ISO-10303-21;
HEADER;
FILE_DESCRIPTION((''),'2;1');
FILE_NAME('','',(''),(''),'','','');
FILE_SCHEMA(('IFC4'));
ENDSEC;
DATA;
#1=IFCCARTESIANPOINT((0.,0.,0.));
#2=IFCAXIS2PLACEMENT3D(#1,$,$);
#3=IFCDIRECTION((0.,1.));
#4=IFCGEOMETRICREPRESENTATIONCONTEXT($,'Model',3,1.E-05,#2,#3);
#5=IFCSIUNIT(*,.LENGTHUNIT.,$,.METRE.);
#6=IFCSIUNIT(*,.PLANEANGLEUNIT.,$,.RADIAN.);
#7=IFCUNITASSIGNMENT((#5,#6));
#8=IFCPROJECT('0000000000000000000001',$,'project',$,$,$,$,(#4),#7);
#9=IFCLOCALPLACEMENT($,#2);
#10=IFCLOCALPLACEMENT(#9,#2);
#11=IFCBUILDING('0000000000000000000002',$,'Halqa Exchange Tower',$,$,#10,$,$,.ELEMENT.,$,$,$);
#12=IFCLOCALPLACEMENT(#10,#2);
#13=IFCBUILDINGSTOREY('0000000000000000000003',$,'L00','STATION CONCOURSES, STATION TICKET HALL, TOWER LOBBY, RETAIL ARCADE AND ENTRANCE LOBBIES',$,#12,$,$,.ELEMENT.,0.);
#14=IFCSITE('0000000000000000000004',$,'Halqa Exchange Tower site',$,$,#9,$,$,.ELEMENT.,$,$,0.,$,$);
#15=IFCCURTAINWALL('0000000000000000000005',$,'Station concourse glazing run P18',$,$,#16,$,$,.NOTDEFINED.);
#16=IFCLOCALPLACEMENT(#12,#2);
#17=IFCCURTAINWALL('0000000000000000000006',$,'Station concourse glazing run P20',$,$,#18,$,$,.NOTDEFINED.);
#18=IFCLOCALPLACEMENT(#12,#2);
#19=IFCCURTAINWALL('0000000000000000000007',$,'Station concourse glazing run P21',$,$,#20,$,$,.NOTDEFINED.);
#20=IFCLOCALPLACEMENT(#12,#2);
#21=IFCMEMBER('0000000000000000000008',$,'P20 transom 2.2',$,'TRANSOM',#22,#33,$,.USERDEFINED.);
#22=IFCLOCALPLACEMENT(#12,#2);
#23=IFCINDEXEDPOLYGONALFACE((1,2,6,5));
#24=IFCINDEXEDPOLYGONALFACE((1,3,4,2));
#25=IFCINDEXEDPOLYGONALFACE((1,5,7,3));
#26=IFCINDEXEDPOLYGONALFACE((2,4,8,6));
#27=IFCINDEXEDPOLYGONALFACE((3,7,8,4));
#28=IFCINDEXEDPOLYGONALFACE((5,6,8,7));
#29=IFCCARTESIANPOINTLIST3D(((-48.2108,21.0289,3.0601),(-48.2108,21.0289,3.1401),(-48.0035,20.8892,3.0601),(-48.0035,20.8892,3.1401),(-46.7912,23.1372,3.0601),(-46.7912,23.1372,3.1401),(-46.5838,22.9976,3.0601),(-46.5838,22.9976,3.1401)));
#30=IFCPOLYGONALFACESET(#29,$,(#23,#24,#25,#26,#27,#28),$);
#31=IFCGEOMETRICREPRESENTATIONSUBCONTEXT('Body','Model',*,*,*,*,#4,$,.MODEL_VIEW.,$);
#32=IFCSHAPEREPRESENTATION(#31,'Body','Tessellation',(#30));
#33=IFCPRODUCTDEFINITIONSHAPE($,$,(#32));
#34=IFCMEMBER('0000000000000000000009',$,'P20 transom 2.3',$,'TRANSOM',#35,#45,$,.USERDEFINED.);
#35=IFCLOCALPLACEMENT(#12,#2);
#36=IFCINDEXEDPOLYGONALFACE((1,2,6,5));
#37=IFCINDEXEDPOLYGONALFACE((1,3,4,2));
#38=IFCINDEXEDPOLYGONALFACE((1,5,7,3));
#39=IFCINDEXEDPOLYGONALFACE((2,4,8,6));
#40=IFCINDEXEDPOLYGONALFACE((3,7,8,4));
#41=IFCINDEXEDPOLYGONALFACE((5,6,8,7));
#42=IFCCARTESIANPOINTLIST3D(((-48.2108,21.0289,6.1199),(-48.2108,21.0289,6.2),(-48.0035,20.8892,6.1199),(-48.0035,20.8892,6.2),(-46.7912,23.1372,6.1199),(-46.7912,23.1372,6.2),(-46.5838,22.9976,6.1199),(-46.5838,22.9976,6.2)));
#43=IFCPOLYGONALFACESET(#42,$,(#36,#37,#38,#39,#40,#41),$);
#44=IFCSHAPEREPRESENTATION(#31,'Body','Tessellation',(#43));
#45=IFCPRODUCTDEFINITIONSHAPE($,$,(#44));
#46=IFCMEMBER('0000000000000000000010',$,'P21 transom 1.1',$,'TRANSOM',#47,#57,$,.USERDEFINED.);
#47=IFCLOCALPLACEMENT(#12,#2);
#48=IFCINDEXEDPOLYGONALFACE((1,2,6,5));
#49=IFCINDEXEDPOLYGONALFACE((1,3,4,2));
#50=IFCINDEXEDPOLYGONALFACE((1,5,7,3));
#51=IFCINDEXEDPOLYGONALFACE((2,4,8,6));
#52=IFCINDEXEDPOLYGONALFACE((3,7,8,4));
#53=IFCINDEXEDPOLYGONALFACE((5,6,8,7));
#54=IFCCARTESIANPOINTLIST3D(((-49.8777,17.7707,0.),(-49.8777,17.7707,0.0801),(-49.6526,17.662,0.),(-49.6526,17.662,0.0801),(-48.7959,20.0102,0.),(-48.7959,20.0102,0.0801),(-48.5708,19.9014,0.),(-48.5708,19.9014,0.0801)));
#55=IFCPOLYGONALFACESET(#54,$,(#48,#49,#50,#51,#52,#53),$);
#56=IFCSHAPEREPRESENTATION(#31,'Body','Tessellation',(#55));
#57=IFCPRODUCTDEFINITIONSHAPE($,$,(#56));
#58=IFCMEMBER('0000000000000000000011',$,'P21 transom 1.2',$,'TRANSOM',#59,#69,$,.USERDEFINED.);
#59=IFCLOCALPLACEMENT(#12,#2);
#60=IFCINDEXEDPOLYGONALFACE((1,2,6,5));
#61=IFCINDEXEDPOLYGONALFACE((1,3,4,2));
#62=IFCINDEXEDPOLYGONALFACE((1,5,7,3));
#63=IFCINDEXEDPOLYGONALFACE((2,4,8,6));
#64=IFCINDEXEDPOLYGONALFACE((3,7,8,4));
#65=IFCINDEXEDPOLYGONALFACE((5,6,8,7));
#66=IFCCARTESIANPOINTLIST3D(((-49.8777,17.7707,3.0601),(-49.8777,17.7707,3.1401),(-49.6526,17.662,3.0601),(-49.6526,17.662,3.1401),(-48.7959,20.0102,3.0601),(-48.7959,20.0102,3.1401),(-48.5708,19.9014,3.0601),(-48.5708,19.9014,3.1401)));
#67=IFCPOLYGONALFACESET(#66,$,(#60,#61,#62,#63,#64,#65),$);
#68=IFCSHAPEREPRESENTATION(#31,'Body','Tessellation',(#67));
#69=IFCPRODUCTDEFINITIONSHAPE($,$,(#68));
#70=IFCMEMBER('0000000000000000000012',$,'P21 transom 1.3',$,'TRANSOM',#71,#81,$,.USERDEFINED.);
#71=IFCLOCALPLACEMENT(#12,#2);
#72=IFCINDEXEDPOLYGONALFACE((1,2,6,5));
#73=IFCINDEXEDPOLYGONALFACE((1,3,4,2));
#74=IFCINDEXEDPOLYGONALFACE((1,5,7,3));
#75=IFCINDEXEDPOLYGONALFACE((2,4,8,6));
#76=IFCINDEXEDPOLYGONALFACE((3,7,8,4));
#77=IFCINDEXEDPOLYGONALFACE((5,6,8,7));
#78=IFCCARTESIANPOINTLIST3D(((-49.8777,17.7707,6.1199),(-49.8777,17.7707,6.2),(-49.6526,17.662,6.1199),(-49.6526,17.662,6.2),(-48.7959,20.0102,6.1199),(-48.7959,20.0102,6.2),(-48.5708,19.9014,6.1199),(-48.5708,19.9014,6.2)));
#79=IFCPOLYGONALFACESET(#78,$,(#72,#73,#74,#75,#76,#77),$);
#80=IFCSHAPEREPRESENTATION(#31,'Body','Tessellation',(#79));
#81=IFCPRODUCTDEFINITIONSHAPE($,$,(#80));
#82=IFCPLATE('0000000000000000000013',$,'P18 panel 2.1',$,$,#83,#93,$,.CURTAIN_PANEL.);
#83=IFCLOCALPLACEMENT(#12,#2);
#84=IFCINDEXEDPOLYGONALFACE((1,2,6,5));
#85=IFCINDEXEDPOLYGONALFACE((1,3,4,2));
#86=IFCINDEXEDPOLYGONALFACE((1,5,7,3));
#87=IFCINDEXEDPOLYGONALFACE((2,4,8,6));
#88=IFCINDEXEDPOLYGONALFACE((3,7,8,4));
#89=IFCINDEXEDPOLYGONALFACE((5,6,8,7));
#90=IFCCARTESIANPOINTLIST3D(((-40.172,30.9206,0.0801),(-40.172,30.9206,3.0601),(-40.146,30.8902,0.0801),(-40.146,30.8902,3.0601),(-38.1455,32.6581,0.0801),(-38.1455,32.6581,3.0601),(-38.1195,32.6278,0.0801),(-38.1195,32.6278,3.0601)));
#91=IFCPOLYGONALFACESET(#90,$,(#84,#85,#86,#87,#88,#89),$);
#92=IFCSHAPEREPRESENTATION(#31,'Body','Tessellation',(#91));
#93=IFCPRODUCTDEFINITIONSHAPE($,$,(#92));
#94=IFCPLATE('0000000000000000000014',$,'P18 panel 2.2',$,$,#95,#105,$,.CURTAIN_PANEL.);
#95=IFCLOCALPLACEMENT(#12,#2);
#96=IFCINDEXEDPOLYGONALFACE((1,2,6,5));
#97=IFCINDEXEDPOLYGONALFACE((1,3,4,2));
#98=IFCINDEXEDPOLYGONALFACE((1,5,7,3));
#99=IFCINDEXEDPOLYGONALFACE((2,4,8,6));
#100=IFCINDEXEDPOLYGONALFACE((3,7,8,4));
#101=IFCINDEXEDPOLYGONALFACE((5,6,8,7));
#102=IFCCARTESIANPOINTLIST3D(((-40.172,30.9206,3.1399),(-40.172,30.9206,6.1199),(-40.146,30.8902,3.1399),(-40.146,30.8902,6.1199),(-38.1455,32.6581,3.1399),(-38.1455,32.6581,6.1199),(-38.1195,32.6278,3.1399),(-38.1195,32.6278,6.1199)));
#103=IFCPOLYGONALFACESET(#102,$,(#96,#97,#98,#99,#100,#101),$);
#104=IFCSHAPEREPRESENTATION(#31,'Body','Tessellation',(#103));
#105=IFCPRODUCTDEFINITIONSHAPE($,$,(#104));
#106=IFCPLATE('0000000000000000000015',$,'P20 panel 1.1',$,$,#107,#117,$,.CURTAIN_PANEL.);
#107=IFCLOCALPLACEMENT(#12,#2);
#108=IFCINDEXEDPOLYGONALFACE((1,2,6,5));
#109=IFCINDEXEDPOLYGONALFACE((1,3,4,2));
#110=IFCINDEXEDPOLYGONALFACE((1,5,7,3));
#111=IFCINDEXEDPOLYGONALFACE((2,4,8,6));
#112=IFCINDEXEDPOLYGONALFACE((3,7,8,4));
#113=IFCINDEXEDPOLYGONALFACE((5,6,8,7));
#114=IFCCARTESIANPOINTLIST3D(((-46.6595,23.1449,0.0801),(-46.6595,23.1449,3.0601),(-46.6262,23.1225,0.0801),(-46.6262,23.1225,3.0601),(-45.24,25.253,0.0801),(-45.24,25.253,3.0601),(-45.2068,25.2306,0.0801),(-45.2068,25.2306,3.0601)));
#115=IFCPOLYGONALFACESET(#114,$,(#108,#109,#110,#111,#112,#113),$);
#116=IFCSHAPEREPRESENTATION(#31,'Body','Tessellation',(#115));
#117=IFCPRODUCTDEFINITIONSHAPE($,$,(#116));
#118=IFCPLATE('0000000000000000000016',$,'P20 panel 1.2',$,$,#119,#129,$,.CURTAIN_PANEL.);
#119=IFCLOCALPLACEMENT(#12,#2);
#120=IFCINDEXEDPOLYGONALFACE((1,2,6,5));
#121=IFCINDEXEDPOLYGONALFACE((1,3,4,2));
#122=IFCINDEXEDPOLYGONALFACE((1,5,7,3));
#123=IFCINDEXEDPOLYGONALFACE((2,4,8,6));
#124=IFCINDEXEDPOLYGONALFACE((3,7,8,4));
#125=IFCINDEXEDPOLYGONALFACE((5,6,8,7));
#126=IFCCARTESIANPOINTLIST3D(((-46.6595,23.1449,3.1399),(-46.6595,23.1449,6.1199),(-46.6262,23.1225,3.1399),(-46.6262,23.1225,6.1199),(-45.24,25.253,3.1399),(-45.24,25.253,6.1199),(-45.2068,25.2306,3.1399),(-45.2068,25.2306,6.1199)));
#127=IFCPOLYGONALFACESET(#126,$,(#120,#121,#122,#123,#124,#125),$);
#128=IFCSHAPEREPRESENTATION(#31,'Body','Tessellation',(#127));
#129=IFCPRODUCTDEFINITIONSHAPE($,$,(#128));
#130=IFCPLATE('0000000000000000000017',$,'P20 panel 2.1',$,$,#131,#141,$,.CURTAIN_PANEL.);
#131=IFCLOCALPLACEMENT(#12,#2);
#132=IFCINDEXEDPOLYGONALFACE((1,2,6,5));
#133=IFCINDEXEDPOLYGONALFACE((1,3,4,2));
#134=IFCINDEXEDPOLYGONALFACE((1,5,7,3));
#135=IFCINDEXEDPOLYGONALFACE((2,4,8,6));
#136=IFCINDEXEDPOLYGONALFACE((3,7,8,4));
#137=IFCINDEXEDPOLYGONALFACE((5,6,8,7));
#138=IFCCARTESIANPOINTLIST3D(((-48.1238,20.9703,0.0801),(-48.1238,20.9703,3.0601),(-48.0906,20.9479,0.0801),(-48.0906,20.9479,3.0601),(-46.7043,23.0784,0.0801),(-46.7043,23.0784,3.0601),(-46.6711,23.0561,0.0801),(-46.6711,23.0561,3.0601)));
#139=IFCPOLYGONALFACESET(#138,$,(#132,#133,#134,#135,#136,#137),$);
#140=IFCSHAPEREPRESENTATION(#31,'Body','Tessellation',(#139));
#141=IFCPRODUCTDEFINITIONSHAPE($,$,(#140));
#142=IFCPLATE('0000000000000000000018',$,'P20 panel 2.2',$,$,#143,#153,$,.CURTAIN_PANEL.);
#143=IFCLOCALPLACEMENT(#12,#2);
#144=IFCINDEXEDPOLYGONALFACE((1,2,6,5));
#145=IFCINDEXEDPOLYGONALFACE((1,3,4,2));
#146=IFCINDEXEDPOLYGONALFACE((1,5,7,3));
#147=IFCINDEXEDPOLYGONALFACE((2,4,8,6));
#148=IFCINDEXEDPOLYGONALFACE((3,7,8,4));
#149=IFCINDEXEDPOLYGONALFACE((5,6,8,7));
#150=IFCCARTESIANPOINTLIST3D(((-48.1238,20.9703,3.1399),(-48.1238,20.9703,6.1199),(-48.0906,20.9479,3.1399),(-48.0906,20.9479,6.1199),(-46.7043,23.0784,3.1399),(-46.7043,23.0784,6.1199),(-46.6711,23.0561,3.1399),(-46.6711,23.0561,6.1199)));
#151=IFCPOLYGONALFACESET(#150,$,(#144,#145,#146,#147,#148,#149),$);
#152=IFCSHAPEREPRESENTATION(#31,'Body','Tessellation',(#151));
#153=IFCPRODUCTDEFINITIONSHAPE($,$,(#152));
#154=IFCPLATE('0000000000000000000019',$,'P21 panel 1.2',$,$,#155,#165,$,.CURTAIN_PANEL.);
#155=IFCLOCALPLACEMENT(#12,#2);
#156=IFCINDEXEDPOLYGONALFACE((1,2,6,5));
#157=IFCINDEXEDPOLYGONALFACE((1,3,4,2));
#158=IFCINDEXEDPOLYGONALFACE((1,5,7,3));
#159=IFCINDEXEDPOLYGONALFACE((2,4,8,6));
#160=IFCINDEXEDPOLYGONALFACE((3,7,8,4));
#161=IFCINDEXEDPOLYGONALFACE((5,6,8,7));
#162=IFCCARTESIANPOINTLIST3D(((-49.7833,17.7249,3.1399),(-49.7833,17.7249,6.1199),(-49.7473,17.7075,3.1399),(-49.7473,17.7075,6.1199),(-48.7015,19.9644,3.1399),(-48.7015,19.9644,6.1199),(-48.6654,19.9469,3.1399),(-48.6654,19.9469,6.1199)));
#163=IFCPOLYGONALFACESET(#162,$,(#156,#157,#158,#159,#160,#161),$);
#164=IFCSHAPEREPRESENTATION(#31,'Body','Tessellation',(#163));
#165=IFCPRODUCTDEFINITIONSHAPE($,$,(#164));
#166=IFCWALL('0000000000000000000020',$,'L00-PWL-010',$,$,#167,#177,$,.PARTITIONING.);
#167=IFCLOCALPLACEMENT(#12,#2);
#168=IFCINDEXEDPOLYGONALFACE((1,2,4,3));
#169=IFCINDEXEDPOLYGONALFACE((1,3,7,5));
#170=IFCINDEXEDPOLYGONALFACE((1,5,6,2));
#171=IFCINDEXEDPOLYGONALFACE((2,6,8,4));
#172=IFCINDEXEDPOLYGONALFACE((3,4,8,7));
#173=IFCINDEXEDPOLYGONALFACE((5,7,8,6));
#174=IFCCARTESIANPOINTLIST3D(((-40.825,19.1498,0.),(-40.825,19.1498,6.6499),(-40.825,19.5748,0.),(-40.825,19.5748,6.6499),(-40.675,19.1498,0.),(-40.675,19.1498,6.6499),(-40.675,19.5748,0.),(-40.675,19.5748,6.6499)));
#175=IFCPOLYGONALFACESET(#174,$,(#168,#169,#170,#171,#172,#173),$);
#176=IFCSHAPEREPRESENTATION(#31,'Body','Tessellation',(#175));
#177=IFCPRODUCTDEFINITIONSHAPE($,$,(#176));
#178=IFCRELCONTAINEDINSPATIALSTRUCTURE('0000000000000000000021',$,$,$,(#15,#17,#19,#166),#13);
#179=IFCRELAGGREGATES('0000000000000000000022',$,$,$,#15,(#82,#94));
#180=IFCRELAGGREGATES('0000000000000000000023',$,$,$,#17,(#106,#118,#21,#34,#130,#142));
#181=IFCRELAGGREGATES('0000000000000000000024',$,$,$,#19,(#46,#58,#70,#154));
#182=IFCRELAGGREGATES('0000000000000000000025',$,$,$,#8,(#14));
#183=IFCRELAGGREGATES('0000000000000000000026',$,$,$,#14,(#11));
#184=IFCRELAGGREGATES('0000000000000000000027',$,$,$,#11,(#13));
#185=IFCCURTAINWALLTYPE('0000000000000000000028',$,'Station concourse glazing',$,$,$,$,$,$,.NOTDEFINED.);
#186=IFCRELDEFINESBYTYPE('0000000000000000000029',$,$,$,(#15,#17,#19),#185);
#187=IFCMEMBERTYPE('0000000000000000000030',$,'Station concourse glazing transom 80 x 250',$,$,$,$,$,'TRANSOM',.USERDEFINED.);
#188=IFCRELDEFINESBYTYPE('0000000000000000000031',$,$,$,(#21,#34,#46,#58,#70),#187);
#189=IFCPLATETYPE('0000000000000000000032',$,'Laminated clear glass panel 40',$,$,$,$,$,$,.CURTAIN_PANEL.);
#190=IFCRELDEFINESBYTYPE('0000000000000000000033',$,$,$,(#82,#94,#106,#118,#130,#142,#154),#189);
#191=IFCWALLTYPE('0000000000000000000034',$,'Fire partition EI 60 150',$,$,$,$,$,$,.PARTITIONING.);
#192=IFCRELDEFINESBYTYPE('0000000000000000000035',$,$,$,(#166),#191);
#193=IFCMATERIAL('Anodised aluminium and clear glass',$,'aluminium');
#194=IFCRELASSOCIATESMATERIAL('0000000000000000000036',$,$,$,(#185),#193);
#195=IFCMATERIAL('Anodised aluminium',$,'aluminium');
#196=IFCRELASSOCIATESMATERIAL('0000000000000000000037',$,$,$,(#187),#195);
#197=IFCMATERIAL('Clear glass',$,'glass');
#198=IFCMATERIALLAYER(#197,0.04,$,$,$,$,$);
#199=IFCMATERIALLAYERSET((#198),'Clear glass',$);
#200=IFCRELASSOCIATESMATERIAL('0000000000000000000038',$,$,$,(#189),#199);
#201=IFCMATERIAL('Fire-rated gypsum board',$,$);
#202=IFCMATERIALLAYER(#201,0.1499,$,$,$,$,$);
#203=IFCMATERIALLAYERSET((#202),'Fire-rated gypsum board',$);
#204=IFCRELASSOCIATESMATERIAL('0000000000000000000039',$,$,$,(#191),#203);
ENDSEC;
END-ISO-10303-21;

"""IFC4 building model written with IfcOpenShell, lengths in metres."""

from ifc_helpers import new_model, si_unit, direction, frame, frame_2d, origin, origin_2d, place, context, subcontext, project, spatial, rectangle, extrude, material, layer, layer_set, material_profile, profile_set, type_object, element, aggregate, save


model = new_model("IFC4")

# Units and contexts
model_context = context("Model", 3, precision=1e-05, world=origin(), true_north=direction((0.0, 1.0)))
body_context = subcontext(model_context, "Body", "Model", "MODEL_VIEW")
ifc_project = project(units=[si_unit("LENGTHUNIT", "METRE"), si_unit("PLANEANGLEUNIT", "RADIAN")], contexts=[model_context])

# Site, building, storey
site_placement = place(None, origin())
site = spatial("IfcSite", under=ifc_project, at=site_placement, Name="Halqa Exchange Tower site", CompositionType="ELEMENT", RefElevation=0.0)
building_placement = place(site_placement, origin())
building = spatial("IfcBuilding", under=site, at=building_placement, Name="Halqa Exchange Tower", CompositionType="ELEMENT")
storey_placement = place(building_placement, origin())
storey = spatial("IfcBuildingStorey", under=building, at=storey_placement, Name="L00", Description="STATION CONCOURSES, STATION TICKET HALL, TOWER LOBBY, RETAIL ARCADE AND ENTRANCE LOBBIES", CompositionType="ELEMENT", Elevation=0.0)

# Curtain wall
ifc_material_1 = material(Name="Anodised aluminium and clear glass", Category="aluminium")
curtain_wall_type = type_object("IfcCurtainWallType", Name="Station concourse glazing", PredefinedType="NOTDEFINED", material=ifc_material_1)
curtain_wall_1_placement = place(storey_placement, origin())
curtain_wall_1 = element("IfcCurtainWall", 1, at=curtain_wall_1_placement, inside=storey, type_object=curtain_wall_type, Name="Station concourse glazing run P18", PredefinedType="NOTDEFINED")
ifc_material_2 = material(Name="Anodised aluminium", Category="aluminium")

# Curtain wall
curtain_wall_2_placement = place(storey_placement, origin())
curtain_wall_2 = element("IfcCurtainWall", 2, at=curtain_wall_2_placement, inside=storey, type_object=curtain_wall_type, Name="Station concourse glazing run P20", PredefinedType="NOTDEFINED")

# Curtain wall
curtain_wall_3_placement = place(storey_placement, origin())
curtain_wall_3 = element("IfcCurtainWall", 3, at=curtain_wall_3_placement, inside=storey, type_object=curtain_wall_type, Name="Station concourse glazing run P21", PredefinedType="NOTDEFINED")

# Members
ifc_material_profile_1 = material_profile(ifc_material_2, rectangle(XDim=0.25, YDim=0.0801, at=origin_2d()), Name="AL 80x250")
ifc_profile_set_1 = profile_set([ifc_material_profile_1], Name="Anodised aluminium")
member_type_1 = type_object("IfcMemberType", Name="Station concourse glazing transom 80 x 250", ElementType="TRANSOM", PredefinedType="USERDEFINED", material=ifc_profile_set_1)
member_1_placement = place(storey_placement, frame((-46.6875, 23.0674, 3.1001), z_axis=(-0.558529, -0.829485, 0.0), x_axis=(0.829485, -0.558529, 0.0)))
member_1 = element("IfcMember", 4, at=member_1_placement, type_object=member_type_1, Name="P20 transom 2.2", ObjectType="TRANSOM", PredefinedType="USERDEFINED", context=body_context, shape_type="SweptSolid", body=[
    extrude(rectangle(XDim=0.25, YDim=0.0801, at=origin_2d()), origin(), (0.0, 0.0, 1.0), 2.5417),
])
member_2_placement = place(storey_placement, frame((-46.6875, 23.0674, 6.1599), z_axis=(-0.558529, -0.829485, 0.0), x_axis=(0.829485, -0.558529, 0.0)))
member_2 = element("IfcMember", 5, at=member_2_placement, type_object=member_type_1, Name="P20 transom 2.3", ObjectType="TRANSOM", PredefinedType="USERDEFINED", context=body_context, shape_type="SweptSolid", body=[
    extrude(rectangle(XDim=0.25, YDim=0.0801, at=origin_2d()), origin(), (0.0, 0.0, 1.0), 2.5417),
])
member_3_placement = place(storey_placement, frame((-48.6833, 19.9558, 0.04), z_axis=(-0.43496, -0.90045, 0.0), x_axis=(0.90045, -0.43496, 0.0)))
member_3 = element("IfcMember", 6, at=member_3_placement, type_object=member_type_1, Name="P21 transom 1.1", ObjectType="TRANSOM", PredefinedType="USERDEFINED", context=body_context, shape_type="SweptSolid", body=[
    extrude(rectangle(XDim=0.25, YDim=0.0801, at=origin_2d()), origin(), (0.0, 0.0, 1.0), 2.4871),
])
member_4_placement = place(storey_placement, frame((-48.6833, 19.9558, 3.1001), z_axis=(-0.43496, -0.90045, 0.0), x_axis=(0.90045, -0.43496, 0.0)))
member_4 = element("IfcMember", 7, at=member_4_placement, type_object=member_type_1, Name="P21 transom 1.2", ObjectType="TRANSOM", PredefinedType="USERDEFINED", context=body_context, shape_type="SweptSolid", body=[
    extrude(rectangle(XDim=0.25, YDim=0.0801, at=origin_2d()), origin(), (0.0, 0.0, 1.0), 2.4871),
])
member_5_placement = place(storey_placement, frame((-48.6833, 19.9558, 6.1599), z_axis=(-0.43496, -0.90045, 0.0), x_axis=(0.90045, -0.43496, 0.0)))
member_5 = element("IfcMember", 8, at=member_5_placement, type_object=member_type_1, Name="P21 transom 1.3", ObjectType="TRANSOM", PredefinedType="USERDEFINED", context=body_context, shape_type="SweptSolid", body=[
    extrude(rectangle(XDim=0.25, YDim=0.0801, at=origin_2d()), origin(), (0.0, 0.0, 1.0), 2.4871),
])

# Plates
ifc_material_3 = material(Name="Clear glass", Category="glass")
ifc_layer_1 = layer(ifc_material_3, 0.04)
ifc_layer_set_1 = layer_set([ifc_layer_1], Name="Clear glass")
plate_type = type_object("IfcPlateType", Name="Laminated clear glass panel 40", PredefinedType="CURTAIN_PANEL", material=ifc_layer_set_1)
plate_1_placement = place(storey_placement, frame((-39.1458, 31.7742, 0.0801), z_axis=(0.0, 0.0, 1.0), x_axis=(-0.759154, -0.650911, 0.0)))
plate_1 = element("IfcPlate", 9, at=plate_1_placement, type_object=plate_type, Name="P18 panel 2.1", PredefinedType="CURTAIN_PANEL", context=body_context, shape_type="SweptSolid", body=[
    extrude(rectangle(XDim=2.6694, YDim=0.04, at=origin_2d()), origin(), (0.0, 0.0, 1.0), 2.98),
])
plate_2_placement = place(storey_placement, frame((-39.1458, 31.7742, 3.1399), z_axis=(0.0, 0.0, 1.0), x_axis=(-0.759154, -0.650911, 0.0)))
plate_2 = element("IfcPlate", 10, at=plate_2_placement, type_object=plate_type, Name="P18 panel 2.2", PredefinedType="CURTAIN_PANEL", context=body_context, shape_type="SweptSolid", body=[
    extrude(rectangle(XDim=2.6694, YDim=0.04, at=origin_2d()), origin(), (0.0, 0.0, 1.0), 2.98),
])
aggregate(curtain_wall_1, [plate_1, plate_2])
plate_3_placement = place(storey_placement, frame((-45.9331, 24.1877, 0.0801), z_axis=(0.0, 0.0, 1.0), x_axis=(-0.558522, -0.82949, 0.0)))
plate_3 = element("IfcPlate", 11, at=plate_3_placement, type_object=plate_type, Name="P20 panel 1.1", PredefinedType="CURTAIN_PANEL", context=body_context, shape_type="SweptSolid", body=[
    extrude(rectangle(XDim=2.5415, YDim=0.04, at=origin_2d()), origin(), (0.0, 0.0, 1.0), 2.98),
])
plate_4_placement = place(storey_placement, frame((-45.9331, 24.1877, 3.1399), z_axis=(0.0, 0.0, 1.0), x_axis=(-0.558522, -0.82949, 0.0)))
plate_4 = element("IfcPlate", 12, at=plate_4_placement, type_object=plate_type, Name="P20 panel 1.2", PredefinedType="CURTAIN_PANEL", context=body_context, shape_type="SweptSolid", body=[
    extrude(rectangle(XDim=2.5415, YDim=0.04, at=origin_2d()), origin(), (0.0, 0.0, 1.0), 2.98),
])
plate_5_placement = place(storey_placement, frame((-47.3975, 22.0132, 0.0801), z_axis=(0.0, 0.0, 1.0), x_axis=(-0.558522, -0.82949, 0.0)))
plate_5 = element("IfcPlate", 13, at=plate_5_placement, type_object=plate_type, Name="P20 panel 2.1", PredefinedType="CURTAIN_PANEL", context=body_context, shape_type="SweptSolid", body=[
    extrude(rectangle(XDim=2.5415, YDim=0.04, at=origin_2d()), origin(), (0.0, 0.0, 1.0), 2.98),
])
plate_6_placement = place(storey_placement, frame((-47.3975, 22.0132, 3.1399), z_axis=(0.0, 0.0, 1.0), x_axis=(-0.558522, -0.82949, 0.0)))
plate_6 = element("IfcPlate", 14, at=plate_6_placement, type_object=plate_type, Name="P20 panel 2.2", PredefinedType="CURTAIN_PANEL", context=body_context, shape_type="SweptSolid", body=[
    extrude(rectangle(XDim=2.5415, YDim=0.04, at=origin_2d()), origin(), (0.0, 0.0, 1.0), 2.98),
])
aggregate(curtain_wall_2, [plate_3, plate_4, member_1, member_2, plate_5, plate_6])
plate_7_placement = place(storey_placement, frame((-49.2244, 18.8359, 3.1399), z_axis=(0.0, 0.0, 1.0), x_axis=(-0.43499, -0.900435, 0.0)))
plate_7 = element("IfcPlate", 15, at=plate_7_placement, type_object=plate_type, Name="P21 panel 1.2", PredefinedType="CURTAIN_PANEL", context=body_context, shape_type="SweptSolid", body=[
    extrude(rectangle(XDim=2.4871, YDim=0.04, at=origin_2d()), origin(), (0.0, 0.0, 1.0), 2.98),
])
aggregate(curtain_wall_3, [member_3, member_4, member_5, plate_7])

# Wall
ifc_material_4 = material(Name="Fire-rated gypsum board")
ifc_layer_2 = layer(ifc_material_4, 0.1499)
ifc_layer_set_2 = layer_set([ifc_layer_2], Name="Fire-rated gypsum board")
wall_type_1 = type_object("IfcWallType", Name="Fire partition EI 60 150", PredefinedType="PARTITIONING", material=ifc_layer_set_2)
wall_1_placement = place(storey_placement, frame((-40.75, 19.1499, 0.0), z_axis=(0.0, 0.0, 1.0), x_axis=(0.0, 1.0, 0.0)))
element("IfcWall", 16, at=wall_1_placement, inside=storey, type_object=wall_type_1, Name="L00-PWL-010", PredefinedType="PARTITIONING", context=body_context, shape_type="SweptSolid", body=[
    extrude(rectangle(XDim=0.425, YDim=0.1499, at=frame_2d((0.2124, 0.0))), origin(), (0.0, 0.0, 1.0), 6.6499),
])

save(model, "model.ifc")
